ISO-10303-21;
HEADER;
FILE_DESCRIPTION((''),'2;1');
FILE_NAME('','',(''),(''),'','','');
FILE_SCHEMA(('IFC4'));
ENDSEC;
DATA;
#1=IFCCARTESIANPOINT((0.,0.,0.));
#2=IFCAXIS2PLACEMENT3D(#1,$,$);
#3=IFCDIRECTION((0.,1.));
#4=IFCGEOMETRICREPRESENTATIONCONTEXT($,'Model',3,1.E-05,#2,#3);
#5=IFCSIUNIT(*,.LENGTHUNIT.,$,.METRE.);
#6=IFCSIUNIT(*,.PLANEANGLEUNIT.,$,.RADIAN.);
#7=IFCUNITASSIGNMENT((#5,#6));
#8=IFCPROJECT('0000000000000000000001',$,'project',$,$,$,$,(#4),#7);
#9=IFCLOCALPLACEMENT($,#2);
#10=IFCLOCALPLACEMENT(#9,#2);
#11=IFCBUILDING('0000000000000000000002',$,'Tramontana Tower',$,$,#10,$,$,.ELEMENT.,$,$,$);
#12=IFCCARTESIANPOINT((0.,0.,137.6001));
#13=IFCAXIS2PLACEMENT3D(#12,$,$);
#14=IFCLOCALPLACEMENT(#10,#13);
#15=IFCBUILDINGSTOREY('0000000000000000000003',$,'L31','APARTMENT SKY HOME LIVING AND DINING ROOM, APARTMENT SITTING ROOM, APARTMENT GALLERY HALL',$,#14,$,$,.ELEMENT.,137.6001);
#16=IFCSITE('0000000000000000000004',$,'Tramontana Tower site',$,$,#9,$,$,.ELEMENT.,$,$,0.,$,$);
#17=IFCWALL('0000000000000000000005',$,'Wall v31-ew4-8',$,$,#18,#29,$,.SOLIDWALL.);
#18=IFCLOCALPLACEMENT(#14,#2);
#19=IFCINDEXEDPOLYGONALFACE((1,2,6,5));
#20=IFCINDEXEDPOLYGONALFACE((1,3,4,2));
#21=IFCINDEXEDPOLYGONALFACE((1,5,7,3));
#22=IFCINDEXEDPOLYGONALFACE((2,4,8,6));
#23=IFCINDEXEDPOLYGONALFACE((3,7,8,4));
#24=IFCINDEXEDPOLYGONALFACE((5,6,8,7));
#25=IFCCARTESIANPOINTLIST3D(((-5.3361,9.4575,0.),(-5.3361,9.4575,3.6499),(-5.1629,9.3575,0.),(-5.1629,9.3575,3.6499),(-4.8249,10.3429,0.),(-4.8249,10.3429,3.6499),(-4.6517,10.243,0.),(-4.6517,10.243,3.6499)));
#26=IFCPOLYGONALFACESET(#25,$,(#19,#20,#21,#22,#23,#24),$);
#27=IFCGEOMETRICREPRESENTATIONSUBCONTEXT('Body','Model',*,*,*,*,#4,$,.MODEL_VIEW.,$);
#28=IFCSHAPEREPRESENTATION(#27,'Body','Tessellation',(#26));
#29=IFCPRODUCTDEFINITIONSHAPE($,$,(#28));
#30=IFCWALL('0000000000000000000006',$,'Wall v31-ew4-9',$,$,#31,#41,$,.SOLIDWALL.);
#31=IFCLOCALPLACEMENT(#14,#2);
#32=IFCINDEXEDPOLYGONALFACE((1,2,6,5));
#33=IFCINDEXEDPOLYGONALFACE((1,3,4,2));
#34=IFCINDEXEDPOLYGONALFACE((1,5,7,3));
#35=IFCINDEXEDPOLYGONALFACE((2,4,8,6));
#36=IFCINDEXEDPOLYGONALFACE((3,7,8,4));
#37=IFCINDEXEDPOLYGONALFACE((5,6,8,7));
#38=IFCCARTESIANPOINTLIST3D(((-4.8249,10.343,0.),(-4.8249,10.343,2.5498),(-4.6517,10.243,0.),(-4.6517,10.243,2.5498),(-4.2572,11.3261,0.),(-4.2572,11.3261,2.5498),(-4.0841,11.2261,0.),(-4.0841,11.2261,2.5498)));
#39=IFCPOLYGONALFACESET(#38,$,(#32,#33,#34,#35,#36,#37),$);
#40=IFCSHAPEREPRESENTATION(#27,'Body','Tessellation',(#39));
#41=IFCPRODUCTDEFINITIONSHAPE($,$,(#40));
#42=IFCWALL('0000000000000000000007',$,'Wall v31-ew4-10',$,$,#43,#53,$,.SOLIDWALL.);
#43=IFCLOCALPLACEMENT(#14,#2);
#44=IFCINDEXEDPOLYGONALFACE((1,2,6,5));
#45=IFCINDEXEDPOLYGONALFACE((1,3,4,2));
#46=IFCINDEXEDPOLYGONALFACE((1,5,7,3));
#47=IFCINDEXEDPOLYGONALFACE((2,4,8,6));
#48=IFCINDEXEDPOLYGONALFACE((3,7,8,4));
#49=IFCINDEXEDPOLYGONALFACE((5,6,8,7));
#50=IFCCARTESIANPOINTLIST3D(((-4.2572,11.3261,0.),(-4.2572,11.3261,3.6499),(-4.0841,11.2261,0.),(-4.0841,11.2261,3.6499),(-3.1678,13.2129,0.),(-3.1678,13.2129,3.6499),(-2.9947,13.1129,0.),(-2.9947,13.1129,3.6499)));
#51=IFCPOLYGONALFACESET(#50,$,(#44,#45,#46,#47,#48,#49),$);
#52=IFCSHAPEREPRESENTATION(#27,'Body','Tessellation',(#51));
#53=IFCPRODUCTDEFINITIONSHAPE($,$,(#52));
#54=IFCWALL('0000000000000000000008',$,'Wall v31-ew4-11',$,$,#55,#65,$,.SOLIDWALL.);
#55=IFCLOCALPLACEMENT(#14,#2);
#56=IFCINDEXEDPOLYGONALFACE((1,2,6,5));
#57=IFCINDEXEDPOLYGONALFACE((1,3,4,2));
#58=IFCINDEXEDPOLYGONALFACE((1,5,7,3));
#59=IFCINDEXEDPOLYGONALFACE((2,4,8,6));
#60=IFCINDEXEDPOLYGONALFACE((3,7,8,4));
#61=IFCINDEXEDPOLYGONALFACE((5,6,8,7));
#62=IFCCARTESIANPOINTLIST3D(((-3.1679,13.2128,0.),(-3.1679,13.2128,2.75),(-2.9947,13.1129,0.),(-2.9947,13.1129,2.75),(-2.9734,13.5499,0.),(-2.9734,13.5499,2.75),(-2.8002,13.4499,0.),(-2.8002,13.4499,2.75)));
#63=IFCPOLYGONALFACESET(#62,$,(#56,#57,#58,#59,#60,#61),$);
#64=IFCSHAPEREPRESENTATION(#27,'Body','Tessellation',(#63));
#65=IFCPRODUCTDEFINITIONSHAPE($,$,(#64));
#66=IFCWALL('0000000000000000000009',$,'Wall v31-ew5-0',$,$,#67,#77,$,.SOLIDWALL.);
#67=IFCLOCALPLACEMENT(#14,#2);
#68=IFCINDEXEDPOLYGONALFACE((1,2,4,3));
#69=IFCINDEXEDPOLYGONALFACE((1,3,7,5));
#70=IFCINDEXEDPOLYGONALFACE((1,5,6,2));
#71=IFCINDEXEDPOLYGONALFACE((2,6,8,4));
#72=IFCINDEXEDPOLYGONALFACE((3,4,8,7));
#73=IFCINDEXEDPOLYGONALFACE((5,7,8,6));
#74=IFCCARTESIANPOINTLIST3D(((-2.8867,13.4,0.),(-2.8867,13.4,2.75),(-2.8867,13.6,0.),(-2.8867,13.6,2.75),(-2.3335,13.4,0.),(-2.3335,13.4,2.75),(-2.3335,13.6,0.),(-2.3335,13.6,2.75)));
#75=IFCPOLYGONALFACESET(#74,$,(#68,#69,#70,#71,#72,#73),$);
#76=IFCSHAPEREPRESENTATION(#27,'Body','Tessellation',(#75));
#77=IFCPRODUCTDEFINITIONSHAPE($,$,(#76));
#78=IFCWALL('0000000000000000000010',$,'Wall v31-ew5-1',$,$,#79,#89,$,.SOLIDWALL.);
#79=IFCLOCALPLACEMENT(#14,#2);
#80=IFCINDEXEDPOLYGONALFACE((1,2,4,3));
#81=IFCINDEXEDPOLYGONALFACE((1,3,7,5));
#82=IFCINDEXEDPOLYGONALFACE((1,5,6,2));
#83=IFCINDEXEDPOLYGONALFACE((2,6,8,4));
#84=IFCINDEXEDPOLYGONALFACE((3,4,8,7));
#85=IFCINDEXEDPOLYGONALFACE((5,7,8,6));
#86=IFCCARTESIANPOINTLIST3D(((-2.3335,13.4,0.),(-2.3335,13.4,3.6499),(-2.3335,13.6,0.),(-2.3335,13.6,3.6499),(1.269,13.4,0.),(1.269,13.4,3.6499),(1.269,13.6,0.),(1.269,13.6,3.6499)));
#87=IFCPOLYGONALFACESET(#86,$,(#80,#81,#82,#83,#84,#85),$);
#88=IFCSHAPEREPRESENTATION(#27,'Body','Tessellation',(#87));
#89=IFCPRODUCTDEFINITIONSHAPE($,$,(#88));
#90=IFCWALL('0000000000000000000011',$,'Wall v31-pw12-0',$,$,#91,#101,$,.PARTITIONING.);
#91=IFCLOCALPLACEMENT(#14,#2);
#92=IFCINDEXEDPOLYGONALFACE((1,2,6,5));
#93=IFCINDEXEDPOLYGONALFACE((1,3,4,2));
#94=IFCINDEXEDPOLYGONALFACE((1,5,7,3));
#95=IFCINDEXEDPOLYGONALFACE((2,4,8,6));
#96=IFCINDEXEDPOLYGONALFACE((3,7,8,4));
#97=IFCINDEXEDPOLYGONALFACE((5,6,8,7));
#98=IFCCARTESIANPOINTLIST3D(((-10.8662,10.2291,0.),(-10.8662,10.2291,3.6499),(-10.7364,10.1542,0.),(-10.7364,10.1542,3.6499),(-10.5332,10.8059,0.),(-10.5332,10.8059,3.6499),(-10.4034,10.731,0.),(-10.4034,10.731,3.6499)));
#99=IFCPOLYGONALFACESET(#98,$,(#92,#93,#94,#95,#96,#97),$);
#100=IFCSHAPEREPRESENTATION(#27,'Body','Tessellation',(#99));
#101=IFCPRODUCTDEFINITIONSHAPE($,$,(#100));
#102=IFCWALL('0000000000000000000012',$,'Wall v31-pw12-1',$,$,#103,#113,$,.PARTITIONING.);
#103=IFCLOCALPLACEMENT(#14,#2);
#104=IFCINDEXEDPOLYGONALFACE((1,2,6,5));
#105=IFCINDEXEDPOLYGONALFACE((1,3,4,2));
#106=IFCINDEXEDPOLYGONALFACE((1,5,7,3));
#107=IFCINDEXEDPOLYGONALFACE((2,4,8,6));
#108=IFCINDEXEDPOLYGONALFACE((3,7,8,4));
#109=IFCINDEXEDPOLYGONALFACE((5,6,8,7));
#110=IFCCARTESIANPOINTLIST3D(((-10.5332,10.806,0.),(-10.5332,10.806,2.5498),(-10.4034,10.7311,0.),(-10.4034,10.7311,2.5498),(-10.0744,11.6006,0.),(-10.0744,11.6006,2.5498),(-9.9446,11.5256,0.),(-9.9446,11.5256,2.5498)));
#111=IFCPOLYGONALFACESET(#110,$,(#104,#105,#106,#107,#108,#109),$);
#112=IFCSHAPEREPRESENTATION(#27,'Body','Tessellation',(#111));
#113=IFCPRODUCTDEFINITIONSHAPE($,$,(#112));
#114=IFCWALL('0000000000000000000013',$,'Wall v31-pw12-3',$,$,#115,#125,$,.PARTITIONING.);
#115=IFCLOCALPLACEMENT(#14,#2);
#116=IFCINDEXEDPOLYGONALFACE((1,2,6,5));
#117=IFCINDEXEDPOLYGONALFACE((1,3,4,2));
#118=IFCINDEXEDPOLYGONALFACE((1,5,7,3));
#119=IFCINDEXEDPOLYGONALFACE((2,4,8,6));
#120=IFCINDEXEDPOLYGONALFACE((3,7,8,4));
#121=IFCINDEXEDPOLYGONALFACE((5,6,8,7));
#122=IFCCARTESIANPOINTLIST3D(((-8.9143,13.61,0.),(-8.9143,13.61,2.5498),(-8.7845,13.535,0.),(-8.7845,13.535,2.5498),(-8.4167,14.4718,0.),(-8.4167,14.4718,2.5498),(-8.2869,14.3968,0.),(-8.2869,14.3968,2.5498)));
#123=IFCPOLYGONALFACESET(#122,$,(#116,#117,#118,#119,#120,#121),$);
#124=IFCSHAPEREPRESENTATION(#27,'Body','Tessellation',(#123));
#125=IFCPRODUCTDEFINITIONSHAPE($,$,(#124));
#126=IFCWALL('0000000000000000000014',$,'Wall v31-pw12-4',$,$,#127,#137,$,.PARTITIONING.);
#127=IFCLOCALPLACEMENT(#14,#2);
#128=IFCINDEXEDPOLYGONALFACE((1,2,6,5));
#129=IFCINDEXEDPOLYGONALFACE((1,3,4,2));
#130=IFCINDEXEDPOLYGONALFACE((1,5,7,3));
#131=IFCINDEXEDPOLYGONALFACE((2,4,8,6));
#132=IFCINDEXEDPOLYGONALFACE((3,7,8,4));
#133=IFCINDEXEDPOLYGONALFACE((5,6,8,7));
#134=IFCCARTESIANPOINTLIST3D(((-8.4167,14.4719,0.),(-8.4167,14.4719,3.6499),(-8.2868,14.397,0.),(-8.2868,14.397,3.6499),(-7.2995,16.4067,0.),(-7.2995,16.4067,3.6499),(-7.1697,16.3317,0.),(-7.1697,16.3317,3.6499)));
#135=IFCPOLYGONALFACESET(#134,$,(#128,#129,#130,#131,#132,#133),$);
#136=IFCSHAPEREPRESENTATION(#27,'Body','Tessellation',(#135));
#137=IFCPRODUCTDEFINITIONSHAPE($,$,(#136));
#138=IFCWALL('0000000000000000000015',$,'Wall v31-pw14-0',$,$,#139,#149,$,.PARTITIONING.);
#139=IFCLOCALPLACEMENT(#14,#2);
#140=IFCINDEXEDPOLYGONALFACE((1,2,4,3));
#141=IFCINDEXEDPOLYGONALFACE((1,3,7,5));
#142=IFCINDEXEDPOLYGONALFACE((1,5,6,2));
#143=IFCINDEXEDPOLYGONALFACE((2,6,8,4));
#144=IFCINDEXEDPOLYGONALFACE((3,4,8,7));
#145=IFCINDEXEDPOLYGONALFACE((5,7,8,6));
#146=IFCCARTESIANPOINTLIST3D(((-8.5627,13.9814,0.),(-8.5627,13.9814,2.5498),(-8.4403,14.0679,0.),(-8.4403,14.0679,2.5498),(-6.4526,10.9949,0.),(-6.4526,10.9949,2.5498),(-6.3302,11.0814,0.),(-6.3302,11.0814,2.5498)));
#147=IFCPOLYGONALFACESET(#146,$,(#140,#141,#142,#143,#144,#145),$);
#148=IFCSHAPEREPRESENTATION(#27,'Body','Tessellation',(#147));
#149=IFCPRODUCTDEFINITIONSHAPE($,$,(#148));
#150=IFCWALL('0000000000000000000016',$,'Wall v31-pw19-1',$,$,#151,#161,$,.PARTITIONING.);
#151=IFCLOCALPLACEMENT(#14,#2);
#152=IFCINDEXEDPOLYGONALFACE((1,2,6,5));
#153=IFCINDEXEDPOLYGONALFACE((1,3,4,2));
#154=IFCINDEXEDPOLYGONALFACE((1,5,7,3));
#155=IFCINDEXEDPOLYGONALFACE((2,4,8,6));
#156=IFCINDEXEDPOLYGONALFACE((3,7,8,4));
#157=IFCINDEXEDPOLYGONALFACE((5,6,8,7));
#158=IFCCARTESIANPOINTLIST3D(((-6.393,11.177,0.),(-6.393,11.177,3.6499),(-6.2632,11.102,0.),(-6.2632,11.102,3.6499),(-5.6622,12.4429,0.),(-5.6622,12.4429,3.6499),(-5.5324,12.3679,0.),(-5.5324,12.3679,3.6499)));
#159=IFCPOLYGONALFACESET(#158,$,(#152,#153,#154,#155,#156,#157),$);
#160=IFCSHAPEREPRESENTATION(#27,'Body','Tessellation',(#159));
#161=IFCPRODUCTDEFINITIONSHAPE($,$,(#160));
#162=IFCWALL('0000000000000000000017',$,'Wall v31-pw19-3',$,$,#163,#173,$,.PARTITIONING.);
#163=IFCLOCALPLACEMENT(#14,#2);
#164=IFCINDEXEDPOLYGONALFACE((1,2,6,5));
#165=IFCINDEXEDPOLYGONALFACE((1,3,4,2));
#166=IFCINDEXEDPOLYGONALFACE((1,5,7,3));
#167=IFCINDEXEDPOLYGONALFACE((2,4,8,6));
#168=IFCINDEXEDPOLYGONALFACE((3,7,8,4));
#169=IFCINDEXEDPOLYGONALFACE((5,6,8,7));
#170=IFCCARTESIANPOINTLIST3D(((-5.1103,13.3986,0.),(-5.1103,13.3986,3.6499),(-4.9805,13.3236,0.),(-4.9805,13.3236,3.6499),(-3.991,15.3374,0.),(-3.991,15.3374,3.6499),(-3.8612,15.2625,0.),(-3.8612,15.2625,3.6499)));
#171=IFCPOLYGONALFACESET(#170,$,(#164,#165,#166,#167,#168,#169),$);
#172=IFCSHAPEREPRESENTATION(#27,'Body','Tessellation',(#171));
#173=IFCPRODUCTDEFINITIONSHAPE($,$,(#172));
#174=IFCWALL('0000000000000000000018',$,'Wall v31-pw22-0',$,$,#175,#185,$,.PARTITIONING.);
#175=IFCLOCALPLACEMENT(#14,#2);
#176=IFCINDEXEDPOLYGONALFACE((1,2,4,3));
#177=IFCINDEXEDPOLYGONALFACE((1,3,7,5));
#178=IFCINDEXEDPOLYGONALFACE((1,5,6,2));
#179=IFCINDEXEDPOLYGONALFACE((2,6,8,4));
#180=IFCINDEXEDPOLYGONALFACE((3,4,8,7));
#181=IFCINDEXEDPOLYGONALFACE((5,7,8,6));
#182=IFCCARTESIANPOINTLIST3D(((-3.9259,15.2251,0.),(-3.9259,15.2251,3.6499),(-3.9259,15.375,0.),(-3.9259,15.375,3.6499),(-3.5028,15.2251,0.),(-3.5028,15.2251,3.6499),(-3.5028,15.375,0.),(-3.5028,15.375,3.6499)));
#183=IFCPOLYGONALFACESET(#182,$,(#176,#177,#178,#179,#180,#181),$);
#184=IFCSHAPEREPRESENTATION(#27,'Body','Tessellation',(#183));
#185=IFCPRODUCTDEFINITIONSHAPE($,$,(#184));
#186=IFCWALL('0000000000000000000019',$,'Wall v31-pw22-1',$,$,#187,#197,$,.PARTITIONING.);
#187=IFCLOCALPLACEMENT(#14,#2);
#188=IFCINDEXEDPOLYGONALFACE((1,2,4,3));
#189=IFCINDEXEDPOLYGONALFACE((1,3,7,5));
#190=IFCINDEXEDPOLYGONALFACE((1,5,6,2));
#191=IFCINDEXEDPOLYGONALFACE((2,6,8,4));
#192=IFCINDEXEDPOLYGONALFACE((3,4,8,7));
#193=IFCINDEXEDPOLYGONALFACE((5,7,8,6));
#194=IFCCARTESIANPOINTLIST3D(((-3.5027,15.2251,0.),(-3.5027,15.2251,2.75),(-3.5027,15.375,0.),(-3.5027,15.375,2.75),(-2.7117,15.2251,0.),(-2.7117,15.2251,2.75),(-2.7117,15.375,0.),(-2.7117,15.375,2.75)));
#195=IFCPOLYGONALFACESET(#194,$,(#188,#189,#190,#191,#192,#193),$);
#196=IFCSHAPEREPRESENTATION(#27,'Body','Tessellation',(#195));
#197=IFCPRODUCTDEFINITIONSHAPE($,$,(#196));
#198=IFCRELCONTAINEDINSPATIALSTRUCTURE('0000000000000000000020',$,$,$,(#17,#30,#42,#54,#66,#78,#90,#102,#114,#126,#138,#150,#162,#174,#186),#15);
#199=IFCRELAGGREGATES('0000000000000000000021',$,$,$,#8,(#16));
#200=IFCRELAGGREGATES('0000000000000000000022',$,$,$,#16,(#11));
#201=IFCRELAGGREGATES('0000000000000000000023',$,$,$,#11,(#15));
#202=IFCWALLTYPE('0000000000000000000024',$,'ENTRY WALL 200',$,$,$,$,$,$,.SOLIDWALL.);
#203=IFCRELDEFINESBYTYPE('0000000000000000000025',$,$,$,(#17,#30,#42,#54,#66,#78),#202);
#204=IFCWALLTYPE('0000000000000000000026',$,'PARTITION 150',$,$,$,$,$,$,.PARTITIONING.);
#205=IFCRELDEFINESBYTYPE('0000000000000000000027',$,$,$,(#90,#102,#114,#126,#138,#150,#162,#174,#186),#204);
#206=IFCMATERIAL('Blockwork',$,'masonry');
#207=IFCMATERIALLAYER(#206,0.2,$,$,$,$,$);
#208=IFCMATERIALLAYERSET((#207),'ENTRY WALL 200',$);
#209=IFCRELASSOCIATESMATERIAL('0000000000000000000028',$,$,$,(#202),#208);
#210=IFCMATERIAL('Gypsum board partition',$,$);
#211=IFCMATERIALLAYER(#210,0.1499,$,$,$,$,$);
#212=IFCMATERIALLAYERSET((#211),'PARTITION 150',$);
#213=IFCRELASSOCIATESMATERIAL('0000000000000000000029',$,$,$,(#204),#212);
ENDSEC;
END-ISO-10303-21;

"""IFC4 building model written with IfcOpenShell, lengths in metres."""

from ifc_helpers import new_model, si_unit, direction, frame, frame_2d, origin, place, context, subcontext, project, spatial, rectangle, extrude, material, layer, layer_set, type_object, element, save


model = new_model("IFC4")

# Units and contexts
model_context = context("Model", 3, precision=1e-05, world=origin(), true_north=direction((0.0, 1.0)))
body_context = subcontext(model_context, "Body", "Model", "MODEL_VIEW")
ifc_project = project(units=[si_unit("LENGTHUNIT", "METRE"), si_unit("PLANEANGLEUNIT", "RADIAN")], contexts=[model_context])

# Site, building, storey
site_placement = place(None, origin())
site = spatial("IfcSite", under=ifc_project, at=site_placement, Name="Tramontana Tower site", CompositionType="ELEMENT", RefElevation=0.0)
building_placement = place(site_placement, origin())
building = spatial("IfcBuilding", under=site, at=building_placement, Name="Tramontana Tower", CompositionType="ELEMENT")
storey_placement = place(building_placement, frame((0.0, 0.0, 137.6001)))
storey = spatial("IfcBuildingStorey", under=building, at=storey_placement, Name="L31", Description="APARTMENT SKY HOME LIVING AND DINING ROOM, APARTMENT SITTING ROOM, APARTMENT GALLERY HALL", CompositionType="ELEMENT", Elevation=137.6001)

# Walls
ifc_material_1 = material(Name="Blockwork", Category="masonry")
ifc_layer_1 = layer(ifc_material_1, 0.2)
ifc_layer_set_1 = layer_set([ifc_layer_1], Name="ENTRY WALL 200")
wall_type_1 = type_object("IfcWallType", Name="ENTRY WALL 200", PredefinedType="SOLIDWALL", material=ifc_layer_set_1)
wall_1_placement = place(storey_placement, frame((-5.2495, 9.4075, 0.0), z_axis=(0.0, 0.0, 1.0), x_axis=(0.499991, 0.866031, 0.0)))
element("IfcWall", 1, at=wall_1_placement, inside=storey, type_object=wall_type_1, Name="Wall v31-ew4-8", PredefinedType="SOLIDWALL", context=body_context, shape_type="SweptSolid", body=[
    extrude(rectangle(XDim=1.0225, YDim=0.2, at=frame_2d((0.5112, 0.0))), origin(), (0.0, 0.0, 1.0), 3.6499),
])
wall_2_placement = place(storey_placement, frame((-4.7383, 10.293, 0.0), z_axis=(0.0, 0.0, 1.0), x_axis=(0.500002, 0.866024, 0.0)))
element("IfcWall", 2, at=wall_2_placement, inside=storey, type_object=wall_type_1, Name="Wall v31-ew4-9", PredefinedType="SOLIDWALL", context=body_context, shape_type="SweptSolid", body=[
    extrude(rectangle(XDim=1.1353, YDim=0.2, at=frame_2d((0.5676, 0.0))), origin(), (0.0, 0.0, 1.0), 2.5498),
])
wall_3_placement = place(storey_placement, frame((-4.1707, 11.2761, 0.0), z_axis=(0.0, 0.0, 1.0), x_axis=(0.50002, 0.866014, 0.0)))
element("IfcWall", 3, at=wall_3_placement, inside=storey, type_object=wall_type_1, Name="Wall v31-ew4-10", PredefinedType="SOLIDWALL", context=body_context, shape_type="SweptSolid", body=[
    extrude(rectangle(XDim=2.1787, YDim=0.2, at=frame_2d((1.0894, 0.0))), origin(), (0.0, 0.0, 1.0), 3.6499),
])
wall_4_placement = place(storey_placement, frame((-3.0813, 13.1628, 0.0), z_axis=(0.0, 0.0, 1.0), x_axis=(0.499849, 0.866112, 0.0)))
element("IfcWall", 4, at=wall_4_placement, inside=storey, type_object=wall_type_1, Name="Wall v31-ew4-11", PredefinedType="SOLIDWALL", context=body_context, shape_type="SweptSolid", body=[
    extrude(rectangle(XDim=0.3892, YDim=0.2, at=frame_2d((0.1946, 0.0))), origin(), (0.0, 0.0, 1.0), 2.75),
])
wall_5_placement = place(storey_placement, frame((-2.8867, 13.5, 0.0), z_axis=(0.0, 0.0, 1.0), x_axis=(1.0, 0.0, 0.0)))
element("IfcWall", 5, at=wall_5_placement, inside=storey, type_object=wall_type_1, Name="Wall v31-ew5-0", PredefinedType="SOLIDWALL", context=body_context, shape_type="SweptSolid", body=[
    extrude(rectangle(XDim=0.5532, YDim=0.2, at=frame_2d((0.2766, 0.0))), origin(), (0.0, 0.0, 1.0), 2.75),
])
wall_6_placement = place(storey_placement, frame((-2.3335, 13.5, 0.0), z_axis=(0.0, 0.0, 1.0), x_axis=(1.0, 0.0, 0.0)))
element("IfcWall", 6, at=wall_6_placement, inside=storey, type_object=wall_type_1, Name="Wall v31-ew5-1", PredefinedType="SOLIDWALL", context=body_context, shape_type="SweptSolid", body=[
    extrude(rectangle(XDim=3.6025, YDim=0.2, at=frame_2d((1.8013, 0.0))), origin(), (0.0, 0.0, 1.0), 3.6499),
])
ifc_material_2 = material(Name="Gypsum board partition")
ifc_layer_2 = layer(ifc_material_2, 0.1499)
ifc_layer_set_2 = layer_set([ifc_layer_2], Name="PARTITION 150")
wall_type_2 = type_object("IfcWallType", Name="PARTITION 150", PredefinedType="PARTITIONING", material=ifc_layer_set_2)
wall_7_placement = place(storey_placement, frame((-10.8013, 10.1917, 0.0), z_axis=(0.0, 0.0, 1.0), x_axis=(0.499923, 0.86607, 0.0)))
element("IfcWall", 7, at=wall_7_placement, inside=storey, type_object=wall_type_2, Name="Wall v31-pw12-0", PredefinedType="PARTITIONING", context=body_context, shape_type="SweptSolid", body=[
    extrude(rectangle(XDim=0.666, YDim=0.1499, at=frame_2d((0.333, 0.0))), origin(), (0.0, 0.0, 1.0), 3.6499),
])
wall_8_placement = place(storey_placement, frame((-10.4683, 10.7686, 0.0), z_axis=(0.0, 0.0, 1.0), x_axis=(0.50006, 0.865991, 0.0)))
element("IfcWall", 8, at=wall_8_placement, inside=storey, type_object=wall_type_2, Name="Wall v31-pw12-1", PredefinedType="PARTITIONING", context=body_context, shape_type="SweptSolid", body=[
    extrude(rectangle(XDim=0.9175, YDim=0.1499, at=frame_2d((0.4587, 0.0))), origin(), (0.0, 0.0, 1.0), 2.5498),
])

# Walls
wall_9_placement = place(storey_placement, frame((-8.8494, 13.5725, 0.0), z_axis=(0.0, 0.0, 1.0), x_axis=(0.499991, 0.86603, 0.0)))
element("IfcWall", 9, at=wall_9_placement, inside=storey, type_object=wall_type_2, Name="Wall v31-pw12-3", PredefinedType="PARTITIONING", context=body_context, shape_type="SweptSolid", body=[
    extrude(rectangle(XDim=0.9951, YDim=0.1499, at=frame_2d((0.4976, 0.0))), origin(), (0.0, 0.0, 1.0), 2.5498),
])
wall_10_placement = place(storey_placement, frame((-8.3518, 14.4343, 0.0), z_axis=(0.0, 0.0, 1.0), x_axis=(0.500041, 0.866002, 0.0)))
element("IfcWall", 10, at=wall_10_placement, inside=storey, type_object=wall_type_2, Name="Wall v31-pw12-4", PredefinedType="PARTITIONING", context=body_context, shape_type="SweptSolid", body=[
    extrude(rectangle(XDim=2.2341, YDim=0.1499, at=frame_2d((1.1172, 0.0))), origin(), (0.0, 0.0, 1.0), 3.6499),
])
wall_11_placement = place(storey_placement, frame((-8.5015, 14.0247, 0.0), z_axis=(0.0, 0.0, 1.0), x_axis=(0.577037, -0.816718, 0.0)))
element("IfcWall", 11, at=wall_11_placement, inside=storey, type_object=wall_type_2, Name="Wall v31-pw14-0", PredefinedType="PARTITIONING", context=body_context, shape_type="SweptSolid", body=[
    extrude(rectangle(XDim=3.6567, YDim=0.1499, at=frame_2d((1.8284, 0.0))), origin(), (0.0, 0.0, 1.0), 2.5498),
])

# Wall
wall_12_placement = place(storey_placement, frame((-6.3281, 11.1394, 0.0), z_axis=(0.0, 0.0, 1.0), x_axis=(0.49993, 0.866066, 0.0)))
element("IfcWall", 12, at=wall_12_placement, inside=storey, type_object=wall_type_2, Name="Wall v31-pw19-1", PredefinedType="PARTITIONING", context=body_context, shape_type="SweptSolid", body=[
    extrude(rectangle(XDim=1.4617, YDim=0.1499, at=frame_2d((0.731, 0.0))), origin(), (0.0, 0.0, 1.0), 3.6499),
])

# Walls
wall_13_placement = place(storey_placement, frame((-5.0454, 13.3611, 0.0), z_axis=(0.0, 0.0, 1.0), x_axis=(0.499974, 0.86604, 0.0)))
element("IfcWall", 13, at=wall_13_placement, inside=storey, type_object=wall_type_2, Name="Wall v31-pw19-3", PredefinedType="PARTITIONING", context=body_context, shape_type="SweptSolid", body=[
    extrude(rectangle(XDim=2.2388, YDim=0.1499, at=frame_2d((1.1194, 0.0))), origin(), (0.0, 0.0, 1.0), 3.6499),
])
wall_14_placement = place(storey_placement, frame((-3.9258, 15.3, 0.0), z_axis=(0.0, 0.0, 1.0), x_axis=(1.0, 0.0, 0.0)))
element("IfcWall", 14, at=wall_14_placement, inside=storey, type_object=wall_type_2, Name="Wall v31-pw22-0", PredefinedType="PARTITIONING", context=body_context, shape_type="SweptSolid", body=[
    extrude(rectangle(XDim=0.4231, YDim=0.1499, at=frame_2d((0.2114, 0.0))), origin(), (0.0, 0.0, 1.0), 3.6499),
])
wall_15_placement = place(storey_placement, frame((-3.5027, 15.3, 0.0), z_axis=(0.0, 0.0, 1.0), x_axis=(1.0, 0.0, 0.0)))
element("IfcWall", 15, at=wall_15_placement, inside=storey, type_object=wall_type_2, Name="Wall v31-pw22-1", PredefinedType="PARTITIONING", context=body_context, shape_type="SweptSolid", body=[
    extrude(rectangle(XDim=0.791, YDim=0.1499, at=frame_2d((0.3955, 0.0))), origin(), (0.0, 0.0, 1.0), 2.75),
])

save(model, "model.ifc")
